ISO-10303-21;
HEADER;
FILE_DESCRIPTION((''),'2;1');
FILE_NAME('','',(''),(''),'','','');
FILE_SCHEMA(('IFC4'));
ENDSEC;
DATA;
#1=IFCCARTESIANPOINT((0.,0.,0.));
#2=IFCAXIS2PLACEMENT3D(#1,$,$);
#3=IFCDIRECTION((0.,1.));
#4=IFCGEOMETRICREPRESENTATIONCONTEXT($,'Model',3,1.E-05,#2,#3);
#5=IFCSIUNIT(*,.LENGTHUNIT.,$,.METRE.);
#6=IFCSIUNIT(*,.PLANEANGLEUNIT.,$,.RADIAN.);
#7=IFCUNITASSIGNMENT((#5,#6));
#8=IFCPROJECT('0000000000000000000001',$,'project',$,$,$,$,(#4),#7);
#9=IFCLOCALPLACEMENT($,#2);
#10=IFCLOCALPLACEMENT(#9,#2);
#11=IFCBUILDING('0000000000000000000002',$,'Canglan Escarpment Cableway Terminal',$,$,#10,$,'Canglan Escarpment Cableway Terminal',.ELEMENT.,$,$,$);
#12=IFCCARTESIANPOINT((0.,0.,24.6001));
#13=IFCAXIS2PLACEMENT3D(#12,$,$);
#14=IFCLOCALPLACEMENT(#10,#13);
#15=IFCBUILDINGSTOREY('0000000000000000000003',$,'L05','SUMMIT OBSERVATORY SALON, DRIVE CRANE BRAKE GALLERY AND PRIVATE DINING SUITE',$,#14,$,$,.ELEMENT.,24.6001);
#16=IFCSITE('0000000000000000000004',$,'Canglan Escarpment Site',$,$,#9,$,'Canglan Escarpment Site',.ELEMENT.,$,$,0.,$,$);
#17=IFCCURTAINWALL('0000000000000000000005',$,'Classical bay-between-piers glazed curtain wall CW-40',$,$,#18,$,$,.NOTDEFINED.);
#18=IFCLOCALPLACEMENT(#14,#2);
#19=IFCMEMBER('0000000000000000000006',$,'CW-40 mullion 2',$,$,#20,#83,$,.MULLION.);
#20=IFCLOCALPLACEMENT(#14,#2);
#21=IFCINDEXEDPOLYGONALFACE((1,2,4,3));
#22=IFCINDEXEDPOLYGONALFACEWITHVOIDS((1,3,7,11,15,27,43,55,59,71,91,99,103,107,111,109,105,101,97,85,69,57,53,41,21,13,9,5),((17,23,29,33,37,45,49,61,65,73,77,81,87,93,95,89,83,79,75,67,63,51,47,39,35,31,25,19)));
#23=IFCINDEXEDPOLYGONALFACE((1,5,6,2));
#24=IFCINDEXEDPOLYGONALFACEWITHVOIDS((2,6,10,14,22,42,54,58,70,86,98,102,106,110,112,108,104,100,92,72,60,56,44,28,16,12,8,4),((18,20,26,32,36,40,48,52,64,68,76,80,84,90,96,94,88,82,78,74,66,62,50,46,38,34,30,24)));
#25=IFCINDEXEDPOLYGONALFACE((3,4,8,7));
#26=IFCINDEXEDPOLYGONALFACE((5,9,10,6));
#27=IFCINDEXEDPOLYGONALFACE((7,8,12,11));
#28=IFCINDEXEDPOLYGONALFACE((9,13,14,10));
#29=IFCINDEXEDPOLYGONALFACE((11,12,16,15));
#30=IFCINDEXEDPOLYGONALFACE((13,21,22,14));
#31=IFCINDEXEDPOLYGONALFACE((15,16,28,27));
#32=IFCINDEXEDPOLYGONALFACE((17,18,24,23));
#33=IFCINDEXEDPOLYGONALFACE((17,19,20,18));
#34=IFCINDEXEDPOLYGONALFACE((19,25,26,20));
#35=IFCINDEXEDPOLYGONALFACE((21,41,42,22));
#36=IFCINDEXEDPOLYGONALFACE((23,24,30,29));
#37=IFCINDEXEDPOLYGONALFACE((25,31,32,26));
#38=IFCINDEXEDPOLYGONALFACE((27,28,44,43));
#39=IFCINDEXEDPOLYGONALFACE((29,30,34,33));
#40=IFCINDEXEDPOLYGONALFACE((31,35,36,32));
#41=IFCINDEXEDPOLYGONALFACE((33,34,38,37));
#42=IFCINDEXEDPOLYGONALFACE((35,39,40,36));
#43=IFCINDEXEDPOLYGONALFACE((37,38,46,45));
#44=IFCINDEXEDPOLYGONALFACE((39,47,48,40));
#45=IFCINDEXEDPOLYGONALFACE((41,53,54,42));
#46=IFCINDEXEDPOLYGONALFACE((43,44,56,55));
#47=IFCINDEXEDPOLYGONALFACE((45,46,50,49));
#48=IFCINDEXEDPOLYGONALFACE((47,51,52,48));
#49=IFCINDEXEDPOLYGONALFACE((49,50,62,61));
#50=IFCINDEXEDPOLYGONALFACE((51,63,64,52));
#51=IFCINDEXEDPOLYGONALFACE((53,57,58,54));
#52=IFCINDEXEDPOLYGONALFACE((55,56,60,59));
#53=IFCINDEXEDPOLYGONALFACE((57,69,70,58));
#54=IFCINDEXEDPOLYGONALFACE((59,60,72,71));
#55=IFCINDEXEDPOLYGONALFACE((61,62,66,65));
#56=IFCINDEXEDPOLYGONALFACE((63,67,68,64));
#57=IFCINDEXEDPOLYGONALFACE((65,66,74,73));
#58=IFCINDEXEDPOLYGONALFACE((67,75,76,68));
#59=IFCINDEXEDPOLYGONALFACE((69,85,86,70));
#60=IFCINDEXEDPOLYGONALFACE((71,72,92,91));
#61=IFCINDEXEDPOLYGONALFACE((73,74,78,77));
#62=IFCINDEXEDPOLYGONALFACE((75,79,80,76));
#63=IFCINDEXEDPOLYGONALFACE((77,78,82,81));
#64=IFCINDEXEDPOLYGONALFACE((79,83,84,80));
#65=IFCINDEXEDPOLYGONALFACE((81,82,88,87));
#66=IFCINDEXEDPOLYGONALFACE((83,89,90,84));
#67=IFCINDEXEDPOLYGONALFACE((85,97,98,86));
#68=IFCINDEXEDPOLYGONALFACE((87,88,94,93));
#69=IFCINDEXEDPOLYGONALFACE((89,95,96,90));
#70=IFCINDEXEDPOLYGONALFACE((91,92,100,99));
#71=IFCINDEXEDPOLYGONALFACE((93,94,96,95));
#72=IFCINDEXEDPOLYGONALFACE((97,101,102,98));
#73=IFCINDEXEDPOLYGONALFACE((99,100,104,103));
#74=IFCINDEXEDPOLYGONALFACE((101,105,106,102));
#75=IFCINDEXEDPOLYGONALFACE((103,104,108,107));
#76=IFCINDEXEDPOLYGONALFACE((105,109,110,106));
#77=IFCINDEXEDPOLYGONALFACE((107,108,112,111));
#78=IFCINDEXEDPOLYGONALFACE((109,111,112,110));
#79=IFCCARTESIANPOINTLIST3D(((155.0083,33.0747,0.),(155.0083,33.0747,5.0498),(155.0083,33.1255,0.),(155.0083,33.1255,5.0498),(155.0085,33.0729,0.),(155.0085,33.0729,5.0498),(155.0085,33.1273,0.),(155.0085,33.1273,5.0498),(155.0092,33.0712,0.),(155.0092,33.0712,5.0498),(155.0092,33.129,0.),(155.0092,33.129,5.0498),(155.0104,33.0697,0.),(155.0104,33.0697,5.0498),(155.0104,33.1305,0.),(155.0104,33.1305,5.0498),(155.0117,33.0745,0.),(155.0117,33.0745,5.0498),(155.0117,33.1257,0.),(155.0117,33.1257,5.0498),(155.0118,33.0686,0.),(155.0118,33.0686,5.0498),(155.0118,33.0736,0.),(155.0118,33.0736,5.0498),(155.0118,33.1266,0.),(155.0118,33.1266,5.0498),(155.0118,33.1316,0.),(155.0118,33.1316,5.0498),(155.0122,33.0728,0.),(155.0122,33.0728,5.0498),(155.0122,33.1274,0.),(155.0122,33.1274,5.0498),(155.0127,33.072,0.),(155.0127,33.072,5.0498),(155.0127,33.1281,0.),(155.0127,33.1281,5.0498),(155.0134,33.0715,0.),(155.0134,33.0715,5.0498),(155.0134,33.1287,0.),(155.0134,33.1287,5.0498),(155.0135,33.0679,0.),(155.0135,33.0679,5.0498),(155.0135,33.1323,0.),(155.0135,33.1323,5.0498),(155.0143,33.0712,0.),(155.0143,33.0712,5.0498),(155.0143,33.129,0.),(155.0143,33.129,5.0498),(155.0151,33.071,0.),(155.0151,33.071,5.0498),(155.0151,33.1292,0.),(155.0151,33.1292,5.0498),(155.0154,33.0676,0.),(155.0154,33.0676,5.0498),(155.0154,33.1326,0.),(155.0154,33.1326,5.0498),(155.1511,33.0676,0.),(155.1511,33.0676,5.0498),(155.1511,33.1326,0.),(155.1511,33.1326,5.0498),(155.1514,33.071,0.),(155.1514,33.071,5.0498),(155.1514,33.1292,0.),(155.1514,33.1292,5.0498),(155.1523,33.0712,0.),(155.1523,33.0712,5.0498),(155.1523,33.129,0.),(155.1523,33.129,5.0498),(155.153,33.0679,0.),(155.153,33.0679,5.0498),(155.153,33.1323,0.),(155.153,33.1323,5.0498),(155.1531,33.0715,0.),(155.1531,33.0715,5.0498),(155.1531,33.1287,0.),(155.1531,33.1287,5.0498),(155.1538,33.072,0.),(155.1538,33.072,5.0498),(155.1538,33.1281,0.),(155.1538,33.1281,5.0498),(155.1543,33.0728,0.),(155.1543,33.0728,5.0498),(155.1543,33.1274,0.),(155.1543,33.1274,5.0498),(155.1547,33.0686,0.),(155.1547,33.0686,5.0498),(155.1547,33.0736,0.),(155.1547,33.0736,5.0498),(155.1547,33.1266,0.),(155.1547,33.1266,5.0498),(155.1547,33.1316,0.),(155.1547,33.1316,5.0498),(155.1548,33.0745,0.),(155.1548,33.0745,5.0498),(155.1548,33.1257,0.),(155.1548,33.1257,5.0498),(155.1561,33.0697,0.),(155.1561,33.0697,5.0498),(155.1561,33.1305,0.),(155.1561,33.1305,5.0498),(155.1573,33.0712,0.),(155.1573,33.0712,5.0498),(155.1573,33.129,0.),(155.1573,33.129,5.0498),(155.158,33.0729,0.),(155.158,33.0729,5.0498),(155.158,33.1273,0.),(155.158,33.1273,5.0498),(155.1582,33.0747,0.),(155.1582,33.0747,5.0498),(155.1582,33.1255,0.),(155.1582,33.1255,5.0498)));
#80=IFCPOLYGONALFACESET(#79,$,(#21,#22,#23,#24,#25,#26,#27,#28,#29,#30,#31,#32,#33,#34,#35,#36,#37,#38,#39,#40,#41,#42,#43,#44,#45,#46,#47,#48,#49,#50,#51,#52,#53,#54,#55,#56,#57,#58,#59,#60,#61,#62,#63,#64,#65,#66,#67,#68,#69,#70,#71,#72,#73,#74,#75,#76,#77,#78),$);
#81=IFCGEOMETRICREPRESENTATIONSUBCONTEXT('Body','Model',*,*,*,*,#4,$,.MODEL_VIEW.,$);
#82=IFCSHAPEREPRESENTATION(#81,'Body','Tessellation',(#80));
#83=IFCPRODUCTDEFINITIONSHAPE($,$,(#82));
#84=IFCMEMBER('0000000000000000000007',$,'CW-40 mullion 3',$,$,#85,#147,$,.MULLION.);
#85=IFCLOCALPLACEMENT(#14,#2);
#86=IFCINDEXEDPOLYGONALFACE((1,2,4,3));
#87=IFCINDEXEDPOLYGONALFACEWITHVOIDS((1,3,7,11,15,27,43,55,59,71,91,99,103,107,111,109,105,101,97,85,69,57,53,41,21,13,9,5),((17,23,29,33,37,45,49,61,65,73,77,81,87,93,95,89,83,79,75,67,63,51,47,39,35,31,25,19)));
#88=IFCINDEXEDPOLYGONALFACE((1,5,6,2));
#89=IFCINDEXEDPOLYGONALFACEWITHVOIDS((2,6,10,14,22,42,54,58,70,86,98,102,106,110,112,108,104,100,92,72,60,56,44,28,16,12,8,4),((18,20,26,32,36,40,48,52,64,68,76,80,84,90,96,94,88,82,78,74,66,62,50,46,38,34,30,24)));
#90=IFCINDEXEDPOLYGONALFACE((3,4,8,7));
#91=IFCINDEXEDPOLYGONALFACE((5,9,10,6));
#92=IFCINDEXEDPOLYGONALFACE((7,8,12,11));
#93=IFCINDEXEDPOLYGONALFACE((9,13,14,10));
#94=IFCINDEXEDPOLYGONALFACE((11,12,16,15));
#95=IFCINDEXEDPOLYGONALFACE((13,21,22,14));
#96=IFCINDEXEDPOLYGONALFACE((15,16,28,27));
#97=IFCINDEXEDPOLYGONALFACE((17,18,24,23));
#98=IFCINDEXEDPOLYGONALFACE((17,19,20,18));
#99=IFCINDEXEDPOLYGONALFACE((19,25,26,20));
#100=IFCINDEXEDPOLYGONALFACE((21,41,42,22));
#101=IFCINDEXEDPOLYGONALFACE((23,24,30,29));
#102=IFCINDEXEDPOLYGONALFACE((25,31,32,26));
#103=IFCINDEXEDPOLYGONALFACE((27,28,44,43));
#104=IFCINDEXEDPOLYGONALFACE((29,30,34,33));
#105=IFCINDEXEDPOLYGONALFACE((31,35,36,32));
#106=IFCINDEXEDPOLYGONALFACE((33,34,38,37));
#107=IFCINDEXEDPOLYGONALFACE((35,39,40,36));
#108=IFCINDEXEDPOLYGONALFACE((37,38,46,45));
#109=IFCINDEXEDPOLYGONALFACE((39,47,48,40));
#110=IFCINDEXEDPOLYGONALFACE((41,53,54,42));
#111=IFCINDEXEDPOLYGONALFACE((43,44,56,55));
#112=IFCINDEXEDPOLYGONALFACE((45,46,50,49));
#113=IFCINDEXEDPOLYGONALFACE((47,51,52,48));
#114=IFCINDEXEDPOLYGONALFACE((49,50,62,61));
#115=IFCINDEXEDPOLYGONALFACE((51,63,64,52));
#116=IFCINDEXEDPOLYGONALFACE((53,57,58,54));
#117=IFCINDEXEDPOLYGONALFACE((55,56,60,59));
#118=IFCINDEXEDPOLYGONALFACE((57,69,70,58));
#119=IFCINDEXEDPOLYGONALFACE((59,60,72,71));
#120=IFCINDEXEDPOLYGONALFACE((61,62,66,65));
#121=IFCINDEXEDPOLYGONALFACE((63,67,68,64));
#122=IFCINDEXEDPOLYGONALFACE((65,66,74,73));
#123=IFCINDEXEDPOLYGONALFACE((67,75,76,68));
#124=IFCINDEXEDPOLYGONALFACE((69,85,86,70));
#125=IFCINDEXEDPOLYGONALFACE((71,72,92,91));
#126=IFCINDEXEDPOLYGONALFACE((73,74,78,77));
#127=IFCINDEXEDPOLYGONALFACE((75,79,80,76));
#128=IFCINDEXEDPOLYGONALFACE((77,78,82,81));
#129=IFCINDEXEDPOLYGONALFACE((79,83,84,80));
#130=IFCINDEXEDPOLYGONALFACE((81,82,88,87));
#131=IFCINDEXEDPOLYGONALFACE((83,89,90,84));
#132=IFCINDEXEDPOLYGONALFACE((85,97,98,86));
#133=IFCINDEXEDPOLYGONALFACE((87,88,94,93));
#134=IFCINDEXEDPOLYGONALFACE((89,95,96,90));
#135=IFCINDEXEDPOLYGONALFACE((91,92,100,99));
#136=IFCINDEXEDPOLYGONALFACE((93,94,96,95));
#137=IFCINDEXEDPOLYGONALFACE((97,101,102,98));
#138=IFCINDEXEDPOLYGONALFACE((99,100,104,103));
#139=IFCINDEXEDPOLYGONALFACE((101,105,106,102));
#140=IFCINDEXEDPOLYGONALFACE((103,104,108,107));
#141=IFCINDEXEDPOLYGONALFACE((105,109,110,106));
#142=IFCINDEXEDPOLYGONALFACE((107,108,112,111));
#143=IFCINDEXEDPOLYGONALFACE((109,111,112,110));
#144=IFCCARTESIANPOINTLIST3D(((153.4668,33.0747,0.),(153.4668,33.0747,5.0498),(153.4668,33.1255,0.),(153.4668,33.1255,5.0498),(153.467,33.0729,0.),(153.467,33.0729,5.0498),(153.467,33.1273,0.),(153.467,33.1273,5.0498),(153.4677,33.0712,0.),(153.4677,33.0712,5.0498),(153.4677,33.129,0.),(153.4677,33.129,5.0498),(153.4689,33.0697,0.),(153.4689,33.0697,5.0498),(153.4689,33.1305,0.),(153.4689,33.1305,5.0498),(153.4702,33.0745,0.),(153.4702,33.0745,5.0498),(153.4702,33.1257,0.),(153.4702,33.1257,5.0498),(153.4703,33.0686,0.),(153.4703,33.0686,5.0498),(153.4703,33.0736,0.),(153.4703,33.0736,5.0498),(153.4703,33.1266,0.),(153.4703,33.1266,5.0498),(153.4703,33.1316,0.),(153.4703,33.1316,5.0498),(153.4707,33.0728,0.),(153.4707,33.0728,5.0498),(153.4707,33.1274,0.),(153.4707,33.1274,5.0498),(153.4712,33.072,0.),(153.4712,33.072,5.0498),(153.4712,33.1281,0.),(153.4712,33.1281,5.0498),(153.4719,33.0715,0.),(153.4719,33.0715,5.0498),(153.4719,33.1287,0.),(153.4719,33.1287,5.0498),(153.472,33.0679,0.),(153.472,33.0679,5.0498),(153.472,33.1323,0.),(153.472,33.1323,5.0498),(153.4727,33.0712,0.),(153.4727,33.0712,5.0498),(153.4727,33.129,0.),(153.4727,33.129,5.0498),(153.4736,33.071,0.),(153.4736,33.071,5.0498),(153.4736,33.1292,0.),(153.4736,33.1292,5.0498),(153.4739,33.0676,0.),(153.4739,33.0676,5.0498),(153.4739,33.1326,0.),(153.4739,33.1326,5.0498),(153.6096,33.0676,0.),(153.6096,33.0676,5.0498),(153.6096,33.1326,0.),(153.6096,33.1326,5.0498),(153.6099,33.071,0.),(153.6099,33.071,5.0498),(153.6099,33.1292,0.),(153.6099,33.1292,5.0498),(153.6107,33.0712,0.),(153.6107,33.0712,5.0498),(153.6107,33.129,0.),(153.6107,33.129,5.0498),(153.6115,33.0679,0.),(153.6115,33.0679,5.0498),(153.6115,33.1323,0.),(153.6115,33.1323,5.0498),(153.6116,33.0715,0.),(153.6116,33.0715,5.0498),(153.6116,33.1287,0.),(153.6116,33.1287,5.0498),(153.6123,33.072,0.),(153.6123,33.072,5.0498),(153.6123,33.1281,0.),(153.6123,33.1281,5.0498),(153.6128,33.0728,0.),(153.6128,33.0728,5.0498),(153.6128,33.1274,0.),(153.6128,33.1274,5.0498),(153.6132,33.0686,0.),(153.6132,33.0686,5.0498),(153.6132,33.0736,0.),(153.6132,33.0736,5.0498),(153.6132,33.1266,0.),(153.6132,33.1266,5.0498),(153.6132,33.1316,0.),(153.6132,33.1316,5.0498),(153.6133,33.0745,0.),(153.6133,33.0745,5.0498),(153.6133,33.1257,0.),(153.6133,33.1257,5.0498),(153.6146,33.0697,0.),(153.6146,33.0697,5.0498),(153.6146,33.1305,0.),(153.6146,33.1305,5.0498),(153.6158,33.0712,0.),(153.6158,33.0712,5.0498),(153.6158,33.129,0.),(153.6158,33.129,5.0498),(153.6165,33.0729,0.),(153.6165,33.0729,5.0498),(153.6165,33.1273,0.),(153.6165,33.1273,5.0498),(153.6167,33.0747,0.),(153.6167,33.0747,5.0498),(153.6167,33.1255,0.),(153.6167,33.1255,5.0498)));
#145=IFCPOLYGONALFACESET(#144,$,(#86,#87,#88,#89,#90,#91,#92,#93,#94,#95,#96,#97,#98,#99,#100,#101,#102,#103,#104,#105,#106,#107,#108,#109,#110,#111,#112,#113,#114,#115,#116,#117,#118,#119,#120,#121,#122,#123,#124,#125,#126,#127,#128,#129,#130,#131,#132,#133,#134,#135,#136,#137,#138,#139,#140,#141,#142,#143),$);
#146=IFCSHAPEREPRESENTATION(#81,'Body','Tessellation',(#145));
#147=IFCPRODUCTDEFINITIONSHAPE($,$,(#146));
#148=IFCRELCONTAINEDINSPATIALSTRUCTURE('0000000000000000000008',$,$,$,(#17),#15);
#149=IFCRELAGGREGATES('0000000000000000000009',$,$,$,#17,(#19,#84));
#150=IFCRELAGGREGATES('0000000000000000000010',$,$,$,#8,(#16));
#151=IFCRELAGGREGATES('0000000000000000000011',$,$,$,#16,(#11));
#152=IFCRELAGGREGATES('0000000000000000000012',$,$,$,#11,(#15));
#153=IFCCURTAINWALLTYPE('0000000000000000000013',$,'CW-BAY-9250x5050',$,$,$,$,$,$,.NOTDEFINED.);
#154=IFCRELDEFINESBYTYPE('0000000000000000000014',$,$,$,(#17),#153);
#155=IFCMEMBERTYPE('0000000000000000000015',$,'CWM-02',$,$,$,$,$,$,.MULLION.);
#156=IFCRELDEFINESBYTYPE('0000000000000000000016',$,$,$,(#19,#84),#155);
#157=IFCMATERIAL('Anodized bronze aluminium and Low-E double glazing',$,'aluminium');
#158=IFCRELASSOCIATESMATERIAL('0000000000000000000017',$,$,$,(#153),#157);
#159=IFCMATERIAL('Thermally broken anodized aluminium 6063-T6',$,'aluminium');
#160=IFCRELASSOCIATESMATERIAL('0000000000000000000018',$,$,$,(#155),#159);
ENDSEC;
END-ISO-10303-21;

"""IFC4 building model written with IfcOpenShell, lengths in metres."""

from ifc_helpers import new_model, si_unit, direction, frame, origin, origin_2d, place, context, subcontext, project, spatial, hollow_rectangle, extrude, material, material_profile, profile_set, type_object, element, aggregate, save


model = new_model("IFC4")

# Units and contexts
model_context = context("Model", 3, precision=1e-05, world=origin(), true_north=direction((0.0, 1.0)))
body_context = subcontext(model_context, "Body", "Model", "MODEL_VIEW")
ifc_project = project(units=[si_unit("LENGTHUNIT", "METRE"), si_unit("PLANEANGLEUNIT", "RADIAN")], contexts=[model_context])

# Site, building, storey
site_placement = place(None, origin())
site = spatial("IfcSite", under=ifc_project, at=site_placement, Name="Canglan Escarpment Site", LongName="Canglan Escarpment Site", CompositionType="ELEMENT", RefElevation=0.0)
building_placement = place(site_placement, origin())
building = spatial("IfcBuilding", under=site, at=building_placement, Name="Canglan Escarpment Cableway Terminal", LongName="Canglan Escarpment Cableway Terminal", CompositionType="ELEMENT")
storey_placement = place(building_placement, frame((0.0, 0.0, 24.6001)))
storey = spatial("IfcBuildingStorey", under=building, at=storey_placement, Name="L05", Description="SUMMIT OBSERVATORY SALON, DRIVE CRANE BRAKE GALLERY AND PRIVATE DINING SUITE", CompositionType="ELEMENT", Elevation=24.6001)

# Curtain wall, members
ifc_material_1 = material(Name="Anodized bronze aluminium and Low-E double glazing", Category="aluminium")
curtain_wall_type = type_object("IfcCurtainWallType", Name="CW-BAY-9250x5050", PredefinedType="NOTDEFINED", material=ifc_material_1)
curtain_wall_placement = place(storey_placement, origin())
curtain_wall = element("IfcCurtainWall", 1, at=curtain_wall_placement, inside=storey, type_object=curtain_wall_type, Name="Classical bay-between-piers glazed curtain wall CW-40", PredefinedType="NOTDEFINED")
ifc_material_2 = material(Name="Thermally broken anodized aluminium 6063-T6", Category="aluminium")
ifc_material_profile_1 = material_profile(ifc_material_2, hollow_rectangle(XDim=0.0649, YDim=0.1499, WallThickness=0.0034, InnerFilletRadius=0.0034, OuterFilletRadius=0.0071, at=origin_2d()), Name="ALU-MULL 65x150x3.5")
ifc_profile_set_1 = profile_set([ifc_material_profile_1], Name="Thermally broken anodized aluminium 6063-T6")
member_type_1 = type_object("IfcMemberType", Name="CWM-02", PredefinedType="MULLION", material=ifc_profile_set_1)
member_1_placement = place(storey_placement, frame((155.0833, 33.1001, 0.0), z_axis=(0.0, 0.0, 1.0), x_axis=(0.0, -1.0, 0.0)))
member_1 = element("IfcMember", 2, at=member_1_placement, type_object=member_type_1, Name="CW-40 mullion 2", PredefinedType="MULLION", context=body_context, shape_type="SweptSolid", body=[
    extrude(hollow_rectangle(XDim=0.0649, YDim=0.1499, WallThickness=0.0034, InnerFilletRadius=0.0034, OuterFilletRadius=0.0071, at=origin_2d()), origin(), (0.0, 0.0, 1.0), 5.0498),
])
member_2_placement = place(storey_placement, frame((153.5417, 33.1001, 0.0), z_axis=(0.0, 0.0, 1.0), x_axis=(0.0, -1.0, 0.0)))
member_2 = element("IfcMember", 3, at=member_2_placement, type_object=member_type_1, Name="CW-40 mullion 3", PredefinedType="MULLION", context=body_context, shape_type="SweptSolid", body=[
    extrude(hollow_rectangle(XDim=0.0649, YDim=0.1499, WallThickness=0.0034, InnerFilletRadius=0.0034, OuterFilletRadius=0.0071, at=origin_2d()), origin(), (0.0, 0.0, 1.0), 5.0498),
])

aggregate(curtain_wall, [member_1, member_2])

save(model, "model.ifc")
